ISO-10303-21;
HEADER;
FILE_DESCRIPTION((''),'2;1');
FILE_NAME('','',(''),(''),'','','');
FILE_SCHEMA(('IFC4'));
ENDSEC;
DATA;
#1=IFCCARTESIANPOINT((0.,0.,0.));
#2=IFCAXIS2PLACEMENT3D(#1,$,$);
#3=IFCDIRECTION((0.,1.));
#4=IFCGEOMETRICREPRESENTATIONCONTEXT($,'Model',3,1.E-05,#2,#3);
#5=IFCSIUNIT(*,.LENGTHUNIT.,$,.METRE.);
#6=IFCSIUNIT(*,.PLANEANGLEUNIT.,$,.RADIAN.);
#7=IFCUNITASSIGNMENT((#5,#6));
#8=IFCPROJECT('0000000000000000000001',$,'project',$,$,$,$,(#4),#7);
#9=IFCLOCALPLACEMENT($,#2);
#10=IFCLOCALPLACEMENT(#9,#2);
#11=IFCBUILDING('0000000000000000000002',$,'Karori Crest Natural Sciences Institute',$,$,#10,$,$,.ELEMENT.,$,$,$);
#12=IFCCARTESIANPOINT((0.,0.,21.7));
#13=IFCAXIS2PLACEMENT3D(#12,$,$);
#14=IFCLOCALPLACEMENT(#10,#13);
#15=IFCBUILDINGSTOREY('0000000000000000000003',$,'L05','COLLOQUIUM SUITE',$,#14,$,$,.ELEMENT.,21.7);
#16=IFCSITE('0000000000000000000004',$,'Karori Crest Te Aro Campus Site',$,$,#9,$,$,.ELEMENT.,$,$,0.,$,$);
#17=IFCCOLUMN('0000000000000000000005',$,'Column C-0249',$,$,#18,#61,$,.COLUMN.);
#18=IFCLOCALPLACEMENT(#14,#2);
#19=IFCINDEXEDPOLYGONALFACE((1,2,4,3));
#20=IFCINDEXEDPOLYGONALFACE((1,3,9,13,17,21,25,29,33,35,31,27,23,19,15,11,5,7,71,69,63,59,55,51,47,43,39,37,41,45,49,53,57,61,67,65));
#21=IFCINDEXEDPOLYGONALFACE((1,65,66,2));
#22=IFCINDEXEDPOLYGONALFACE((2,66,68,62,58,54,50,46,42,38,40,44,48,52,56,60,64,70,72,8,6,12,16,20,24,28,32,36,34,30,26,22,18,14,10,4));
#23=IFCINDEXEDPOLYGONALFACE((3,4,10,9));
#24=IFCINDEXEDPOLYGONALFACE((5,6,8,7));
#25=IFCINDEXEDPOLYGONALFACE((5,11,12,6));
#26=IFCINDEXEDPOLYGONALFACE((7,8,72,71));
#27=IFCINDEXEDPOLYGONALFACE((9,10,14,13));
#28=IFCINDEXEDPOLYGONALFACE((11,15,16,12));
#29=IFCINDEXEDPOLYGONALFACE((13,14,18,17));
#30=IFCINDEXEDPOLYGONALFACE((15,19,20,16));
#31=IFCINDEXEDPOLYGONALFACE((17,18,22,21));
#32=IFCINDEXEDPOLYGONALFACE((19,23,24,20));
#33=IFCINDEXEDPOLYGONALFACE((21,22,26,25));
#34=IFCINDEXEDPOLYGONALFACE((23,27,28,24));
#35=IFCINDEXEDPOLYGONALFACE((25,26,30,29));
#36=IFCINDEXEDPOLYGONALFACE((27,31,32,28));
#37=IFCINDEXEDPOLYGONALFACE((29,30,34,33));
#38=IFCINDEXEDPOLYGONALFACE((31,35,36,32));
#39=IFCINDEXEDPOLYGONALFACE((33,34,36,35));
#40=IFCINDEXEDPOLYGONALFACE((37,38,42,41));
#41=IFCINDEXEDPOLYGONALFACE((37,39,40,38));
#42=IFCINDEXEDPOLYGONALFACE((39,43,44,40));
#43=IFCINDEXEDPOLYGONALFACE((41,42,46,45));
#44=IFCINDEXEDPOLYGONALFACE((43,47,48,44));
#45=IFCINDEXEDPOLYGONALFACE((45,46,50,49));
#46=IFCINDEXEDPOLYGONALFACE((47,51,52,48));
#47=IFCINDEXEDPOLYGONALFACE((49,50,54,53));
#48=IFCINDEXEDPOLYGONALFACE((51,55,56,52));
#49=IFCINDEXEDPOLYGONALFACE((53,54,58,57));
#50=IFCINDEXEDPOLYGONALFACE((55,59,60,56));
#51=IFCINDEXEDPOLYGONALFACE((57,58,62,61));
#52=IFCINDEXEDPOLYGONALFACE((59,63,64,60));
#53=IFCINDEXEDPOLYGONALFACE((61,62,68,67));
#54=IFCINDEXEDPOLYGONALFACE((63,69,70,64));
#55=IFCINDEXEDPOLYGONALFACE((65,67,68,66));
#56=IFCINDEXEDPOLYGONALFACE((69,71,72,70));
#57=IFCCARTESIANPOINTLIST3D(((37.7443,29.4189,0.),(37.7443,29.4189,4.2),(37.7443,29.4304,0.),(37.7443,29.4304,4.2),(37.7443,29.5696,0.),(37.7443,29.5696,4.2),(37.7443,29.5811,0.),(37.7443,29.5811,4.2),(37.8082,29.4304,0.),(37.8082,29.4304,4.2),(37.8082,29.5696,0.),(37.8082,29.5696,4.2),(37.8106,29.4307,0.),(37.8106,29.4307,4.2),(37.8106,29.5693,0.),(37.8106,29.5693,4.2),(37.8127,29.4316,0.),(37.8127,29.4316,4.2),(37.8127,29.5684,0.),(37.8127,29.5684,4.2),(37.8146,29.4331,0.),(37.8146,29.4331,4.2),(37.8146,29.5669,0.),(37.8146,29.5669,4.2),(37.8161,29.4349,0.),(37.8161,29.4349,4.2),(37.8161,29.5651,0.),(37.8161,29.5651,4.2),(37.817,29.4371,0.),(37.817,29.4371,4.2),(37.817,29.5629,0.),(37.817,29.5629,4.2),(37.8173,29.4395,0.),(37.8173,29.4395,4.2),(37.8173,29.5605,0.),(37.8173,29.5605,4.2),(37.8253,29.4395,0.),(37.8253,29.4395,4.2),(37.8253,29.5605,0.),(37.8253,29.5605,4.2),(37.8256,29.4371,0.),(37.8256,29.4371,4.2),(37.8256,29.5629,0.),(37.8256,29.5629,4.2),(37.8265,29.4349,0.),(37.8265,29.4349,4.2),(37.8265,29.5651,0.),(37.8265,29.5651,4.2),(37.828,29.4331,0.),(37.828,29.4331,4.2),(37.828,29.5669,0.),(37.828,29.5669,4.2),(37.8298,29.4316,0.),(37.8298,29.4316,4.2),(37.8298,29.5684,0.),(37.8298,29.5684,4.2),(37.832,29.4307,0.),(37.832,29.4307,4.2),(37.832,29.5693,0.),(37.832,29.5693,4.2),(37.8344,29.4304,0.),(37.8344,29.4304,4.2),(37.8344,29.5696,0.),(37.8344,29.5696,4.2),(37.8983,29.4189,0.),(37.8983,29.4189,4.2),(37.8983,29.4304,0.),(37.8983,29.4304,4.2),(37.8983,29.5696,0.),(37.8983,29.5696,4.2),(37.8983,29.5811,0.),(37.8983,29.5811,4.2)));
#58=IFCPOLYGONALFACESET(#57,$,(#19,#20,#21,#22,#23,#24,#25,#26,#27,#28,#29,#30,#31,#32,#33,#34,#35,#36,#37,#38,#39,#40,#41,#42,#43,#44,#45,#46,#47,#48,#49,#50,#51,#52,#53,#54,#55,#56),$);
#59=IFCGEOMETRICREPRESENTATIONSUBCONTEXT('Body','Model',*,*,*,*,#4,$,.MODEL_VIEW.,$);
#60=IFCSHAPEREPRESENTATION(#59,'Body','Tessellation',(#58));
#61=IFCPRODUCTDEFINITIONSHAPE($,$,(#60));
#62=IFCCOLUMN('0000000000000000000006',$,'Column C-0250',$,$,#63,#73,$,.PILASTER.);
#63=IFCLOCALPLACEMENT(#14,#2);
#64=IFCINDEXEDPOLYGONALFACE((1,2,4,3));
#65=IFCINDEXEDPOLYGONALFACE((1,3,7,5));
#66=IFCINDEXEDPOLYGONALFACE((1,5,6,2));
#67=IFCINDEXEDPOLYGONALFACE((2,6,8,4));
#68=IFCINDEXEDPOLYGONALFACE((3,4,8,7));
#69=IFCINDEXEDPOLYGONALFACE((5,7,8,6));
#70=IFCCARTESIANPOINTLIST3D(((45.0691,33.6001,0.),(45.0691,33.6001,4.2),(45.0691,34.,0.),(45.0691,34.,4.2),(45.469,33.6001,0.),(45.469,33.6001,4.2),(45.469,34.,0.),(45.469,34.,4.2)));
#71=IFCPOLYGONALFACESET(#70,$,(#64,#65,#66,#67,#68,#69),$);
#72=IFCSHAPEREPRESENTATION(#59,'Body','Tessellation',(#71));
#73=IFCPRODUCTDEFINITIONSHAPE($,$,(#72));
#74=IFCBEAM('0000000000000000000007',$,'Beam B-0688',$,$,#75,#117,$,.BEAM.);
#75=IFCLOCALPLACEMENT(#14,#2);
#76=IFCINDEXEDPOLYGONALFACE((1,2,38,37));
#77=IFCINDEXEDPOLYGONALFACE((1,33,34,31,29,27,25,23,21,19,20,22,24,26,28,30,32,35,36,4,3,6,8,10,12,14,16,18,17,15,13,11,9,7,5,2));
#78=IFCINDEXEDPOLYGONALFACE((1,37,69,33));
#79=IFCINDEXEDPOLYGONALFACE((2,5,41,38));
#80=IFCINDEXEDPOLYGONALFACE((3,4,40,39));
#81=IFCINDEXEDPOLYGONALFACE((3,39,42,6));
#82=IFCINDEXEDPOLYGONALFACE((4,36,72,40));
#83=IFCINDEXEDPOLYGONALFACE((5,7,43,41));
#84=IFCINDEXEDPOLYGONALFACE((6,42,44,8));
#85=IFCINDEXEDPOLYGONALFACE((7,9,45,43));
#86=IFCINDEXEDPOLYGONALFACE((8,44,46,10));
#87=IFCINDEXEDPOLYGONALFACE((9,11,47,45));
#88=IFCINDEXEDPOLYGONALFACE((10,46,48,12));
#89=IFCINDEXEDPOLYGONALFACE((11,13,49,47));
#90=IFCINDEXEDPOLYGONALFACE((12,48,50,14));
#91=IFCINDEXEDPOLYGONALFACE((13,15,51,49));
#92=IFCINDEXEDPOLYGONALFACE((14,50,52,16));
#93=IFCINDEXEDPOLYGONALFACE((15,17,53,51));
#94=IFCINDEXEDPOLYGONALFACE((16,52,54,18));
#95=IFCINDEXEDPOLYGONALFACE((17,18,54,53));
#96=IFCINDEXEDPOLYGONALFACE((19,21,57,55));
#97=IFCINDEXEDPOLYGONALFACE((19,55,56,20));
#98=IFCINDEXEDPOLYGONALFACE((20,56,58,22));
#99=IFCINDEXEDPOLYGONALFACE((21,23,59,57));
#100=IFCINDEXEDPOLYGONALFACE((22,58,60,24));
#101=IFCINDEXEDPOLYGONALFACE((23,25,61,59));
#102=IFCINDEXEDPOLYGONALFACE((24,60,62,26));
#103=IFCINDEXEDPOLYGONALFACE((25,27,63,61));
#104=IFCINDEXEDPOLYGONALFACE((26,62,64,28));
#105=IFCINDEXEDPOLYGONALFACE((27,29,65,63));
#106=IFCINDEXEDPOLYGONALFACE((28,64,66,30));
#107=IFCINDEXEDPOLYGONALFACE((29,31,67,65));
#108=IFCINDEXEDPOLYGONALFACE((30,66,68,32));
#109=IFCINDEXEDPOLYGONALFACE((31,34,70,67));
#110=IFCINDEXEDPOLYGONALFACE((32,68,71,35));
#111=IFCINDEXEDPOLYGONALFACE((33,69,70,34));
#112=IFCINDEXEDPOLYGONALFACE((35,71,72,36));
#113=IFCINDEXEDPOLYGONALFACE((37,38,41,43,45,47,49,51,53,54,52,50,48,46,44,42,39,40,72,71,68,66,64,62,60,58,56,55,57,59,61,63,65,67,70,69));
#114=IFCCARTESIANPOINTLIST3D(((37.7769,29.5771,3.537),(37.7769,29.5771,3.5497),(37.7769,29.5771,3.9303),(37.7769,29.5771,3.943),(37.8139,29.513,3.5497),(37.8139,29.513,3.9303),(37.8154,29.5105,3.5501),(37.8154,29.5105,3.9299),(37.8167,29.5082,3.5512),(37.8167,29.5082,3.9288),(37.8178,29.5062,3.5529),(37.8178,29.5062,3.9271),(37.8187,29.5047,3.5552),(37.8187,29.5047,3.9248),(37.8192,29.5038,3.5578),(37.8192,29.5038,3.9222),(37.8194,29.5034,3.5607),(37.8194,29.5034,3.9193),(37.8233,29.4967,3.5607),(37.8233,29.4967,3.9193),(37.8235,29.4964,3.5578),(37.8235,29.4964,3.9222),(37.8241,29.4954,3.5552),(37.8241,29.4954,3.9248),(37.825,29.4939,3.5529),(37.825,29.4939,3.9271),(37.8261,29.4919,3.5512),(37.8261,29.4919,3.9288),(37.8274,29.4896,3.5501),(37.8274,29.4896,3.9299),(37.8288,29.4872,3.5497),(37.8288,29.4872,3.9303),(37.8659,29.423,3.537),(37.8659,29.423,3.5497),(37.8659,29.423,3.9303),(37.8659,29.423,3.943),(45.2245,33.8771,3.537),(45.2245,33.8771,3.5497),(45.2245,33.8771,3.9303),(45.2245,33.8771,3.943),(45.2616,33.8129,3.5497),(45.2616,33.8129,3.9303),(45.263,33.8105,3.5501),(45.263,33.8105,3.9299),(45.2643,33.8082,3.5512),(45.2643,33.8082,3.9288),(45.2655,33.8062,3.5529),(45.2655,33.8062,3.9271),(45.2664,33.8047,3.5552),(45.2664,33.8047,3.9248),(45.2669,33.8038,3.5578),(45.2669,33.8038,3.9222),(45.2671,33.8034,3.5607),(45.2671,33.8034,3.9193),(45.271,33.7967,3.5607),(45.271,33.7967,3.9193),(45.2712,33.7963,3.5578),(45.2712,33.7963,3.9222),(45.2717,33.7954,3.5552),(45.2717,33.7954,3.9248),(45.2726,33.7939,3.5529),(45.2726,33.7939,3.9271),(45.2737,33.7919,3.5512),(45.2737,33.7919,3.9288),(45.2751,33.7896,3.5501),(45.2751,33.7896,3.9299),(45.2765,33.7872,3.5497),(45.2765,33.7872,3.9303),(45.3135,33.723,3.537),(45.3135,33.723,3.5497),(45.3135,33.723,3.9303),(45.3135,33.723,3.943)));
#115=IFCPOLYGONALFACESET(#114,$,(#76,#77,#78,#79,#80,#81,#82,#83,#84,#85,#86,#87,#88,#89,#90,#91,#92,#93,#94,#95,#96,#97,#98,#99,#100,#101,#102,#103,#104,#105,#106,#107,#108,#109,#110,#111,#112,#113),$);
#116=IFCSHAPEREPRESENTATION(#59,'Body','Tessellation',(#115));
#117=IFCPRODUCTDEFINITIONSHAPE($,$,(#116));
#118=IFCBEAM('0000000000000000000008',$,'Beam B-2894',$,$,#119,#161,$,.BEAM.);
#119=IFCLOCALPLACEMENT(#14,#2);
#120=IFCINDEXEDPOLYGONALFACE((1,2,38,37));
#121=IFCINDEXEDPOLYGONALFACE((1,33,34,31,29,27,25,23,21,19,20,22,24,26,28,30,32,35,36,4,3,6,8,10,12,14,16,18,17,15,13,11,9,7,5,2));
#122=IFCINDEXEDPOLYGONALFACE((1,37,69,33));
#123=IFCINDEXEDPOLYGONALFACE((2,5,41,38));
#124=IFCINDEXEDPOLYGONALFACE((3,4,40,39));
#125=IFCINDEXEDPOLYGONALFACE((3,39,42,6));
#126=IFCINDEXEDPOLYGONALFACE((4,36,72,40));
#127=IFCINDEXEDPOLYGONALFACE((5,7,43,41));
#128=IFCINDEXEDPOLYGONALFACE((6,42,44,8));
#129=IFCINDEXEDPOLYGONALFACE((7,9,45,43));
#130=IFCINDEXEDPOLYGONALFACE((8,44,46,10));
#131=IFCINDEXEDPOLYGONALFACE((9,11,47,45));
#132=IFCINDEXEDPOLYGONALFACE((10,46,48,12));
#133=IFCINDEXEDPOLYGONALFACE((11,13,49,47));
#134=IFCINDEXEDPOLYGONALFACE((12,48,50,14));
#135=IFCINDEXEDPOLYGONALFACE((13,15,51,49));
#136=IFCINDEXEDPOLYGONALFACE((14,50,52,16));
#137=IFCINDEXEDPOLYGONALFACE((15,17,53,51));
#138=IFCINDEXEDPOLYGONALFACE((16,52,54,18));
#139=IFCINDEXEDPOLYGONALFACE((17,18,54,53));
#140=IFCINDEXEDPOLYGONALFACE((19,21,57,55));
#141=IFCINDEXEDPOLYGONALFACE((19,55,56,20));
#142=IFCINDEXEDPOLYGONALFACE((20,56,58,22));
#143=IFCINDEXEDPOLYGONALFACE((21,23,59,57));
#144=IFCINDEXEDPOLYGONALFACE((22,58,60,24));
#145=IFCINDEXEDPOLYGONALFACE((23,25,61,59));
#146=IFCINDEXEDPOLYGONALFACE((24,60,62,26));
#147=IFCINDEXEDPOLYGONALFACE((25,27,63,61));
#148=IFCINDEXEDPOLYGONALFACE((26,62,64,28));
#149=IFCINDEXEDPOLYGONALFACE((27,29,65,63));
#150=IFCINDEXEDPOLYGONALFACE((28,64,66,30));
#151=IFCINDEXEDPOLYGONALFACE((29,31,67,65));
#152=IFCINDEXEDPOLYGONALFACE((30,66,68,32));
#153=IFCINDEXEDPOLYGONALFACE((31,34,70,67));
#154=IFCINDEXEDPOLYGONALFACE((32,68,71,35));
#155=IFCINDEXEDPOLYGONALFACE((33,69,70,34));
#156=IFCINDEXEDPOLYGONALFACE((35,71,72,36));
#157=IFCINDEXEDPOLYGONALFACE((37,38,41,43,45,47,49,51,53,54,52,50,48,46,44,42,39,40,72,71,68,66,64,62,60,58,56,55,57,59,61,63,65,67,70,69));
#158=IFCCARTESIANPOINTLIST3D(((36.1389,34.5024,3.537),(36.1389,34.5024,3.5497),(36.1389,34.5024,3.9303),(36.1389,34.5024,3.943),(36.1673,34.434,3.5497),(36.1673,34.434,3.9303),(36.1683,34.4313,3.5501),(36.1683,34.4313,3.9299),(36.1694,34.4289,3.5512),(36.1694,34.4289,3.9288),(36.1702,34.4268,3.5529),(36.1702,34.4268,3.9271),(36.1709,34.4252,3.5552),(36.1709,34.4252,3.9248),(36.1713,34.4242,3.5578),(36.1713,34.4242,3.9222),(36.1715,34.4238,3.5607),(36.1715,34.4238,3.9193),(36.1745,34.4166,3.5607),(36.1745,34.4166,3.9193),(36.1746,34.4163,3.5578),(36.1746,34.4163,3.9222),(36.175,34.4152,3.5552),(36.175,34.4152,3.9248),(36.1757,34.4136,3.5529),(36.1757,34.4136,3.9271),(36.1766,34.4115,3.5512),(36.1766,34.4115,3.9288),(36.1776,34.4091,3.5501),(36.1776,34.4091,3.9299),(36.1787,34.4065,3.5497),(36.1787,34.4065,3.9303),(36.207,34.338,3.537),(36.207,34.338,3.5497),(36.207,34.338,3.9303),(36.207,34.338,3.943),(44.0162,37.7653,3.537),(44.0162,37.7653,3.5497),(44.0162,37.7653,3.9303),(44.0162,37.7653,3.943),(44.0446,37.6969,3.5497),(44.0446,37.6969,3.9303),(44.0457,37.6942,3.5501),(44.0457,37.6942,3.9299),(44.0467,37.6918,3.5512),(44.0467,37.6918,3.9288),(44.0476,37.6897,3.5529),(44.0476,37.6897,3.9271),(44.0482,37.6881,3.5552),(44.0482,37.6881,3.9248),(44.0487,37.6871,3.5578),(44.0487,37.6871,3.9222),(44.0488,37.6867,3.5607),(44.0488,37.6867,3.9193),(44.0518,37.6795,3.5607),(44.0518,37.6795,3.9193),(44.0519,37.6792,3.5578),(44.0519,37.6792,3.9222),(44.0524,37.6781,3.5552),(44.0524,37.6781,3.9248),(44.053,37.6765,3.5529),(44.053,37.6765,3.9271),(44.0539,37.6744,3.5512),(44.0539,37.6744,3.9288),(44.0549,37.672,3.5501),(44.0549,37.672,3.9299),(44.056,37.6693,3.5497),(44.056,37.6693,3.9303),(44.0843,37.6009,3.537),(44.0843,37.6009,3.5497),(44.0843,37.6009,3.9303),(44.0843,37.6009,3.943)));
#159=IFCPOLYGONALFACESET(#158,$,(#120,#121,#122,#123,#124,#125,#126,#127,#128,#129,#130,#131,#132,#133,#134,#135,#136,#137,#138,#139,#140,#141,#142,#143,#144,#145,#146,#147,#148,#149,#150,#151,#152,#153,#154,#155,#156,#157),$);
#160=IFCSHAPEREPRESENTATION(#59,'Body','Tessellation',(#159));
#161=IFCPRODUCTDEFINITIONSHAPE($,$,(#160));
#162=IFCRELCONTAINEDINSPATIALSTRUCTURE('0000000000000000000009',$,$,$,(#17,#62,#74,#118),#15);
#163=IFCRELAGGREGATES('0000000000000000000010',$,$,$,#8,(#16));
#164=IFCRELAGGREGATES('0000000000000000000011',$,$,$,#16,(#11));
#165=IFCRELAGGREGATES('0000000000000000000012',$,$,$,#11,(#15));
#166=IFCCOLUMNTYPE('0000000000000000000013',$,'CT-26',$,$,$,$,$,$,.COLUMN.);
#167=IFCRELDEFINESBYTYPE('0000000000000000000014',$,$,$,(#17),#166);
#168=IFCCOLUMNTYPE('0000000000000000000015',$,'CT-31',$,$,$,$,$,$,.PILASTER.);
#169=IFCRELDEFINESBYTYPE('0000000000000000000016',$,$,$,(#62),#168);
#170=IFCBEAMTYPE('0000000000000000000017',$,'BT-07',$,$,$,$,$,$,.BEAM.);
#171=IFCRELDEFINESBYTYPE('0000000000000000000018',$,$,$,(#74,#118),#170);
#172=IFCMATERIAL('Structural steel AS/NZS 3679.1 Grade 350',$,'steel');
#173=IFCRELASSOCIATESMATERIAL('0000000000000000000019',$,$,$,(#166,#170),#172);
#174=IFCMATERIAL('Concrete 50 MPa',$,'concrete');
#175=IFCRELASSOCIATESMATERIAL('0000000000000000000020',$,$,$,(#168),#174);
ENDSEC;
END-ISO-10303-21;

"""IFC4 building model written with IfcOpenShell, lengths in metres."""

from ifc_helpers import new_model, si_unit, direction, frame, origin, origin_2d, place, context, subcontext, project, spatial, rectangle, i_section, extrude, material, material_profile, profile_set, type_object, element, save


model = new_model("IFC4")

# Units and contexts
model_context = context("Model", 3, precision=1e-05, world=origin(), true_north=direction((0.0, 1.0)))
body_context = subcontext(model_context, "Body", "Model", "MODEL_VIEW")
ifc_project = project(units=[si_unit("LENGTHUNIT", "METRE"), si_unit("PLANEANGLEUNIT", "RADIAN")], contexts=[model_context])

# Site, building, storey
site_placement = place(None, origin())
site = spatial("IfcSite", under=ifc_project, at=site_placement, Name="Karori Crest Te Aro Campus Site", CompositionType="ELEMENT", RefElevation=0.0)
building_placement = place(site_placement, origin())
building = spatial("IfcBuilding", under=site, at=building_placement, Name="Karori Crest Natural Sciences Institute", CompositionType="ELEMENT")
storey_placement = place(building_placement, frame((0.0, 0.0, 21.7)))
storey = spatial("IfcBuildingStorey", under=building, at=storey_placement, Name="L05", Description="COLLOQUIUM SUITE", CompositionType="ELEMENT", Elevation=21.7)

# Columns
ifc_material_1 = material(Name="Structural steel AS/NZS 3679.1 Grade 350", Category="steel")
ifc_material_profile_1 = material_profile(ifc_material_1, i_section(OverallWidth=0.1541, OverallDepth=0.1621, WebThickness=0.0081, FlangeThickness=0.0115, FilletRadius=0.009, at=origin_2d()), Name="150UC37.2")
ifc_profile_set_1 = profile_set([ifc_material_profile_1], Name="Structural steel AS/NZS 3679.1 Grade 350")
column_type_1 = type_object("IfcColumnType", Name="CT-26", PredefinedType="COLUMN", material=ifc_profile_set_1)
column_1_placement = place(storey_placement, frame((37.8213, 29.5, 0.0), z_axis=(0.0, 0.0, 1.0), x_axis=(1.0, 0.0, 0.0)))
element("IfcColumn", 1, at=column_1_placement, inside=storey, type_object=column_type_1, Name="Column C-0249", PredefinedType="COLUMN", context=body_context, shape_type="SweptSolid", body=[
    extrude(i_section(OverallWidth=0.1541, OverallDepth=0.1621, WebThickness=0.0081, FlangeThickness=0.0115, FilletRadius=0.009, at=origin_2d()), origin(), (0.0, 0.0, 1.0), 4.2),
])
ifc_material_2 = material(Name="Concrete 50 MPa", Category="concrete")
ifc_material_profile_2 = material_profile(ifc_material_2, rectangle(XDim=0.3999, YDim=0.3999, at=origin_2d()), Name="RC400x400")
ifc_profile_set_2 = profile_set([ifc_material_profile_2], Name="Concrete 50 MPa")
column_type_2 = type_object("IfcColumnType", Name="CT-31", PredefinedType="PILASTER", material=ifc_profile_set_2)
column_2_placement = place(storey_placement, frame((45.269, 33.8, 0.0), z_axis=(0.0, 0.0, 1.0), x_axis=(1.0, 0.0, 0.0)))
element("IfcColumn", 2, at=column_2_placement, inside=storey, type_object=column_type_2, Name="Column C-0250", PredefinedType="PILASTER", context=body_context, shape_type="SweptSolid", body=[
    extrude(rectangle(XDim=0.3999, YDim=0.3999, at=origin_2d()), origin(), (0.0, 0.0, 1.0), 4.2),
])

# Beams
ifc_material_profile_3 = material_profile(ifc_material_1, i_section(OverallWidth=0.178, OverallDepth=0.406, WebThickness=0.0078, FlangeThickness=0.0127, FilletRadius=0.011, at=origin_2d()), Name="410UB59.7")
ifc_profile_set_3 = profile_set([ifc_material_profile_3], Name="Structural steel AS/NZS 3679.1 Grade 350")
beam_type_1 = type_object("IfcBeamType", Name="BT-07", PredefinedType="BEAM", material=ifc_profile_set_3)
beam_1_placement = place(storey_placement, frame((45.269, 33.8, 3.74), z_axis=(-0.866021, -0.500008, 0.0), x_axis=(0.500008, -0.866021, 0.0)))
element("IfcBeam", 3, at=beam_1_placement, inside=storey, type_object=beam_type_1, Name="Beam B-0688", PredefinedType="BEAM", context=body_context, shape_type="SweptSolid", body=[
    extrude(i_section(OverallWidth=0.178, OverallDepth=0.406, WebThickness=0.0078, FlangeThickness=0.0127, FilletRadius=0.011, at=origin_2d()), origin(), (0.0, 0.0, 1.0), 8.5999),
])
for number, where, z_axis, x_axis, name in (
    (4, (44.0503, 37.6831, 3.74), (-0.92388, -0.382683, 0.0), (0.382683, -0.92388, 0.0), "Beam B-2894"),
):
    element("IfcBeam", number, at=place(storey_placement, frame(where, z_axis=z_axis, x_axis=x_axis)), inside=storey, type_object=beam_type_1, Name=name, PredefinedType="BEAM", context=body_context, shape_type="SweptSolid", body=[
        extrude(i_section(OverallWidth=0.178, OverallDepth=0.406, WebThickness=0.0078, FlangeThickness=0.0127, FilletRadius=0.011, at=origin_2d()), origin(), (0.0, 0.0, 1.0), 8.5264),
    ])

save(model, "model.ifc")
